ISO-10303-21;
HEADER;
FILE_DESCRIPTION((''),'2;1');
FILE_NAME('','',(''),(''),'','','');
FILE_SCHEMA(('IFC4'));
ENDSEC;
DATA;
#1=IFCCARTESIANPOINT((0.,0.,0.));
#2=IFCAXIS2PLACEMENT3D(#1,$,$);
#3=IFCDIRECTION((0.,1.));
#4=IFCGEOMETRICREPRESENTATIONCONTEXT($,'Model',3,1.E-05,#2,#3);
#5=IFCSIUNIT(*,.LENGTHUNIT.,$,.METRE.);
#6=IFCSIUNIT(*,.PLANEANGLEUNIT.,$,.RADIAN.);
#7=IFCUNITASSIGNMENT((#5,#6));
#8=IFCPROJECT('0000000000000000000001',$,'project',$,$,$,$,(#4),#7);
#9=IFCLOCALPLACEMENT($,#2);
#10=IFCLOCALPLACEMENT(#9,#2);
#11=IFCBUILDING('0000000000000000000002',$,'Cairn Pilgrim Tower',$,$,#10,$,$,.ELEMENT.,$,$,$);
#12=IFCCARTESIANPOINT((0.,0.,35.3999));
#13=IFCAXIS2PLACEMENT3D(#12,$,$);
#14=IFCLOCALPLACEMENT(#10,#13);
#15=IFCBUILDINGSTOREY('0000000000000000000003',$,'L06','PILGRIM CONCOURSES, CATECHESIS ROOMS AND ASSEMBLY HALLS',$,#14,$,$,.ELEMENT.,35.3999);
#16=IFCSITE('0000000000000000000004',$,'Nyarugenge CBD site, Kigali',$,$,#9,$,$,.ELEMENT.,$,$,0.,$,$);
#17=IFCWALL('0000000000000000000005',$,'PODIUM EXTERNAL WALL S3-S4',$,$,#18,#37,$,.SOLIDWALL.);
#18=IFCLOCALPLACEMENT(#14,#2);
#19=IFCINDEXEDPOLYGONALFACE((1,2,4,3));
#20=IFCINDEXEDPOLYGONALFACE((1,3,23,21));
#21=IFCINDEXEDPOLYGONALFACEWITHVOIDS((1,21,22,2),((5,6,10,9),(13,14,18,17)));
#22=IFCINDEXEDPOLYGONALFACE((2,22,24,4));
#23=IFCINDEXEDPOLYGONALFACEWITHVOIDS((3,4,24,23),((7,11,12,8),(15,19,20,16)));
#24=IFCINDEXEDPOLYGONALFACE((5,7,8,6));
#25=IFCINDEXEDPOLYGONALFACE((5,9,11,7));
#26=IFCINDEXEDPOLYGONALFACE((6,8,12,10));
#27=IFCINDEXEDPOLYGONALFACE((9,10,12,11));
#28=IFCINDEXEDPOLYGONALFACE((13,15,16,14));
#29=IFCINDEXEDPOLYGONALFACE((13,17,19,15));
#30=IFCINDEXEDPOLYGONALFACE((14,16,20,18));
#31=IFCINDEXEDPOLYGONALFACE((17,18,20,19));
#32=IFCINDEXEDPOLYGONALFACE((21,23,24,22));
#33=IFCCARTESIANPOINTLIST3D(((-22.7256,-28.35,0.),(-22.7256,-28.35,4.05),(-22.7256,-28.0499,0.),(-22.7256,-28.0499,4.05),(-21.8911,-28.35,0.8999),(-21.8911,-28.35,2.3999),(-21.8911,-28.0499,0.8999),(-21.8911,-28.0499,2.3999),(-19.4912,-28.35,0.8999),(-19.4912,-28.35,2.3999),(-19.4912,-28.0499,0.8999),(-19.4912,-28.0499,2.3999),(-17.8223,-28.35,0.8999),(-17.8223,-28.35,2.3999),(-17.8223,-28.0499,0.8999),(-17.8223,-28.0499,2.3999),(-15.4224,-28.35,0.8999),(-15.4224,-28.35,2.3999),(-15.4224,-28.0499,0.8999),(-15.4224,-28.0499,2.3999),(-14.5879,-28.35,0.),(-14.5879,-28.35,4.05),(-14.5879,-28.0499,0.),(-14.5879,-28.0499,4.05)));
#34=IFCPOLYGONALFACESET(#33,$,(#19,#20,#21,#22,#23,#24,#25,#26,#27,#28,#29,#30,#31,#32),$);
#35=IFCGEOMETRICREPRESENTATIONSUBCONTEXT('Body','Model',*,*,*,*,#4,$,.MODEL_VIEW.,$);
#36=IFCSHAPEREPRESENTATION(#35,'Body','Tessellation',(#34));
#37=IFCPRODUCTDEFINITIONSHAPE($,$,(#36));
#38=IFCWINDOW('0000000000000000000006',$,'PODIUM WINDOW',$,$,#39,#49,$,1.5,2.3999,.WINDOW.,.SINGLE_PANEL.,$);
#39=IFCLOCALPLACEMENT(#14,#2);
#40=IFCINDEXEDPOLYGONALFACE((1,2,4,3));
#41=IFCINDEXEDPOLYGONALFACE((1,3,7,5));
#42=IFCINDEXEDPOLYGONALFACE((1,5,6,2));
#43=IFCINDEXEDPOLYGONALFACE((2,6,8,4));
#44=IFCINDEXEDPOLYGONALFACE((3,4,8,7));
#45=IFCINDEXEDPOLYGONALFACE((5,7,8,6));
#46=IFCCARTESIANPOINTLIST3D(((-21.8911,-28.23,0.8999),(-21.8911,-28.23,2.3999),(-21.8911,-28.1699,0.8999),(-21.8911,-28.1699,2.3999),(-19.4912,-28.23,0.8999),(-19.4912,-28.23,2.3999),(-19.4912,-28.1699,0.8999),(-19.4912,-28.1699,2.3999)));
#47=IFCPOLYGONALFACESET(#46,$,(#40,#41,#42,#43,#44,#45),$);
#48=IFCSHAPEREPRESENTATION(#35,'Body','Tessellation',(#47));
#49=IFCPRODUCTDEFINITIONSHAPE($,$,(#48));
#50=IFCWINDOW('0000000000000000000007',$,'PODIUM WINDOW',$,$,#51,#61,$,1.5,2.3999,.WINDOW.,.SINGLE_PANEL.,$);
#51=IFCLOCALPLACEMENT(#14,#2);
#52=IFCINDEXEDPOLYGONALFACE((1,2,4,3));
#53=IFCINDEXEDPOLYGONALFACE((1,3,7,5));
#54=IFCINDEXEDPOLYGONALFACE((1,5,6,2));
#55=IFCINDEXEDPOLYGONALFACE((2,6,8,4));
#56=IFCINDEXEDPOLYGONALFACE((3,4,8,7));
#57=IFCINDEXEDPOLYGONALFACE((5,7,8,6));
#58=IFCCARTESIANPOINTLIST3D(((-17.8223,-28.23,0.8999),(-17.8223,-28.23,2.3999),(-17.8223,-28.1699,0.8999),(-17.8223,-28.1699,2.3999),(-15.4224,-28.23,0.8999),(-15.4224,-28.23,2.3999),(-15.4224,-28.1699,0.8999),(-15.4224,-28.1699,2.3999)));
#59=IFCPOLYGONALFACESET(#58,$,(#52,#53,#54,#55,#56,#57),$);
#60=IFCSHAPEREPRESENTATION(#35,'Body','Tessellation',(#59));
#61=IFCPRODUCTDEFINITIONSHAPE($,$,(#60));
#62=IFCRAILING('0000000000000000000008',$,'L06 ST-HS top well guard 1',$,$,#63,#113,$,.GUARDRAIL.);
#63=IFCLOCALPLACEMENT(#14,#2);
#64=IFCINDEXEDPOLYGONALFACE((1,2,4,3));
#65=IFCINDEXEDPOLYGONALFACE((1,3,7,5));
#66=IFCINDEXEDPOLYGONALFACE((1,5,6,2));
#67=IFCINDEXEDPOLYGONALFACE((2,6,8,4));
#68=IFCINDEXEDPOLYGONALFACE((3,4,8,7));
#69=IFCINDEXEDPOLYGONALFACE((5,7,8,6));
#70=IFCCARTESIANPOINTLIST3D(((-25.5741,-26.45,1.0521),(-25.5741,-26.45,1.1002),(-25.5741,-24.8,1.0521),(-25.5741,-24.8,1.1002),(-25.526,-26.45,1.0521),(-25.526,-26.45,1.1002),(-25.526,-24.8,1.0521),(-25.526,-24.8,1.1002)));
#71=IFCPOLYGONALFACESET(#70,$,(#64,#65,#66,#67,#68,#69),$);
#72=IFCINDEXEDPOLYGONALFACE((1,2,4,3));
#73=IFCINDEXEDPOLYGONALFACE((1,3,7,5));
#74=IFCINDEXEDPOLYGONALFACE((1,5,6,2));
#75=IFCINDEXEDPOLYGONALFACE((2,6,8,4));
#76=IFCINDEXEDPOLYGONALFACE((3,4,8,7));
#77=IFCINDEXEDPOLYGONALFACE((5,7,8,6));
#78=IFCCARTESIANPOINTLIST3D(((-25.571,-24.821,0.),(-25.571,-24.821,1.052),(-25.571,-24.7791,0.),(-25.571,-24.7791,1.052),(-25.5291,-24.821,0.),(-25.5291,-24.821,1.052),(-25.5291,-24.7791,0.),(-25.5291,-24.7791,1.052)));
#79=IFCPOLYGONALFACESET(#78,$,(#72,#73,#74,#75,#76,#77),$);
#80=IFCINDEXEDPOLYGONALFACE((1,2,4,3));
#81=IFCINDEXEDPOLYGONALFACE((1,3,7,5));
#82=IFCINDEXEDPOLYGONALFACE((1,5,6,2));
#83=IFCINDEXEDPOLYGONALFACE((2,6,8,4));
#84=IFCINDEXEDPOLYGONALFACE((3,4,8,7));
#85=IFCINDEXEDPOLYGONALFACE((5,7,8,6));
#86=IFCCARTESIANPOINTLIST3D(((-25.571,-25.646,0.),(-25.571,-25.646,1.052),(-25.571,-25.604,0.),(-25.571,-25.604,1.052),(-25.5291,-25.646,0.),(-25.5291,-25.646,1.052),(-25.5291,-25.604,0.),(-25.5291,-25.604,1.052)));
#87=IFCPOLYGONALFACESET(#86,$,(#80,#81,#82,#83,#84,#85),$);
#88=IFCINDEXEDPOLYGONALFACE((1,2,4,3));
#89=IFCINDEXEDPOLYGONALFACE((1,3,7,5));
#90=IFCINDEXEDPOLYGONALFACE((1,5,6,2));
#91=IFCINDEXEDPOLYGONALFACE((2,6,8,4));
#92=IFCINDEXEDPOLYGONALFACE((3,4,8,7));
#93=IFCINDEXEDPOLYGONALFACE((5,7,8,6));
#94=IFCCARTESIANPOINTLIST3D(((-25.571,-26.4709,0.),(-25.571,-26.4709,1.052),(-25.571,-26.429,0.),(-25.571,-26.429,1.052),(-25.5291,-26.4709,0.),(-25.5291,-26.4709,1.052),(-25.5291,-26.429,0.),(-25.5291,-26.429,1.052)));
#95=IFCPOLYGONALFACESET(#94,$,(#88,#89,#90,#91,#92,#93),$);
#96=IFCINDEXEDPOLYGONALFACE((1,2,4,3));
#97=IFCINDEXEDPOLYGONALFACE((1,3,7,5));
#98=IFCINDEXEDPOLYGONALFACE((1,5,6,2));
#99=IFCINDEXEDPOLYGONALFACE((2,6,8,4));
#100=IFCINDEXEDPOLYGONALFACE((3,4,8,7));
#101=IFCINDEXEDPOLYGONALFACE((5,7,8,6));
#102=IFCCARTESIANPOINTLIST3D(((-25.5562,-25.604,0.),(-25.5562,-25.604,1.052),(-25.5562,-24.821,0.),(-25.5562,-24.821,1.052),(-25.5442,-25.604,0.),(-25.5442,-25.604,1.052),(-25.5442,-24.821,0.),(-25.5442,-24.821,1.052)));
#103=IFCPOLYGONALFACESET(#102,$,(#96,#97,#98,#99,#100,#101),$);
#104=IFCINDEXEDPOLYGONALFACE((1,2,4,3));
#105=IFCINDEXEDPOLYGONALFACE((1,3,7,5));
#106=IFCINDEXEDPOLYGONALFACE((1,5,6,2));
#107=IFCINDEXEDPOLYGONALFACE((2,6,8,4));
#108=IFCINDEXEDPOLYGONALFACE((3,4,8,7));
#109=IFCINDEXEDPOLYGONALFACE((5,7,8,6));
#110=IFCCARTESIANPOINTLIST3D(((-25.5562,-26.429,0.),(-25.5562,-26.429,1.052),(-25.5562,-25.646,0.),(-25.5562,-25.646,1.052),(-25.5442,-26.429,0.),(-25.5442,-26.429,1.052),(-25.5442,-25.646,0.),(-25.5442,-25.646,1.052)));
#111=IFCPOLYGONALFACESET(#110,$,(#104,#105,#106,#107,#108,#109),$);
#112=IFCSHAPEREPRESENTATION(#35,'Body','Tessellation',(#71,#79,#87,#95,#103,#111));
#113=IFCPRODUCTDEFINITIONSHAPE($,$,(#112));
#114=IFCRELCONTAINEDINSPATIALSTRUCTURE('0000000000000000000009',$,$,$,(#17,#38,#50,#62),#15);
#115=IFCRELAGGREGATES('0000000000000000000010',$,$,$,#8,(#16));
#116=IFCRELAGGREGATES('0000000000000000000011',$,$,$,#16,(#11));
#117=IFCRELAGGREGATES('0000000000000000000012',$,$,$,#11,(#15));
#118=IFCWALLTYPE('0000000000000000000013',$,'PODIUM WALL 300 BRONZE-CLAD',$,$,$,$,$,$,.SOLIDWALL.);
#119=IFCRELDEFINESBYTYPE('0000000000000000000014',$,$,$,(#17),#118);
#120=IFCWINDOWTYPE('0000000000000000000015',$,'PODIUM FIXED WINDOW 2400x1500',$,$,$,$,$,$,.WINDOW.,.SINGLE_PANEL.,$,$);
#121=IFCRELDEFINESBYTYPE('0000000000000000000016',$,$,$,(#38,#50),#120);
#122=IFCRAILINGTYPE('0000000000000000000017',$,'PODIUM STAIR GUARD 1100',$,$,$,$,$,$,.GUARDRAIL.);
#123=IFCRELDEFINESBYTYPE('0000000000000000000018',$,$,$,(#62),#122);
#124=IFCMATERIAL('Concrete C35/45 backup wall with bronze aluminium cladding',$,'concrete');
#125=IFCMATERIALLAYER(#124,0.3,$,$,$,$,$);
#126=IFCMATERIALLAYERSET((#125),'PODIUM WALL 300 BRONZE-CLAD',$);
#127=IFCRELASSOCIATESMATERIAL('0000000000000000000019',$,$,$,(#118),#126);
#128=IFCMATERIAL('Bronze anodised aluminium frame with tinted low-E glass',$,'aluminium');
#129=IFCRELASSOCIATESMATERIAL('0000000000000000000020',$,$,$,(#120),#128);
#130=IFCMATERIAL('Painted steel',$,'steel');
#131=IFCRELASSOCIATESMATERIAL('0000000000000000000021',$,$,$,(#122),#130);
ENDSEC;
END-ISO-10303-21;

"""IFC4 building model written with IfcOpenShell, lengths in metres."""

from ifc_helpers import new_model, si_unit, direction, frame, frame_2d, origin, origin_2d, place, context, subcontext, project, spatial, polyline, rectangle, outline, extrude, material, layer, layer_set, type_object, element, fill, save


model = new_model("IFC4")

# Units and contexts
model_context = context("Model", 3, precision=1e-05, world=origin(), true_north=direction((0.0, 1.0)))
body_context = subcontext(model_context, "Body", "Model", "MODEL_VIEW")
ifc_project = project(units=[si_unit("LENGTHUNIT", "METRE"), si_unit("PLANEANGLEUNIT", "RADIAN")], contexts=[model_context])

# Site, building, storey
site_placement = place(None, origin())
site = spatial("IfcSite", under=ifc_project, at=site_placement, Name="Nyarugenge CBD site, Kigali", CompositionType="ELEMENT", RefElevation=0.0)
building_placement = place(site_placement, origin())
building = spatial("IfcBuilding", under=site, at=building_placement, Name="Cairn Pilgrim Tower", CompositionType="ELEMENT")
storey_placement = place(building_placement, frame((0.0, 0.0, 35.3999)))
storey = spatial("IfcBuildingStorey", under=building, at=storey_placement, Name="L06", Description="PILGRIM CONCOURSES, CATECHESIS ROOMS AND ASSEMBLY HALLS", CompositionType="ELEMENT", Elevation=35.3999)

# Wall, openings, windows
ifc_material_1 = material(Name="Concrete C35/45 backup wall with bronze aluminium cladding", Category="concrete")
ifc_layer_1 = layer(ifc_material_1, 0.3)
ifc_layer_set_1 = layer_set([ifc_layer_1], Name="PODIUM WALL 300 BRONZE-CLAD")
wall_type_1 = type_object("IfcWallType", Name="PODIUM WALL 300 BRONZE-CLAD", PredefinedType="SOLIDWALL", material=ifc_layer_set_1)
wall_1_placement = place(storey_placement, frame((-22.7256, -28.2, 0.0), z_axis=(0.0, 0.0, 1.0), x_axis=(1.0, 0.0, 0.0)))
wall_1 = element("IfcWall", 1, at=wall_1_placement, inside=storey, type_object=wall_type_1, Name="PODIUM EXTERNAL WALL S3-S4", PredefinedType="SOLIDWALL", context=body_context, shape_type="SweptSolid", body=[
    extrude(rectangle(XDim=8.1377, YDim=0.3, at=frame_2d((4.0688, 0.0))), origin(), (0.0, 0.0, 1.0), 4.05),
])
opening_1_placement = place(wall_1_placement, frame((0.8345, 0.0, 0.8999)))
opening_1 = element("IfcOpeningElement", 2, at=opening_1_placement, cuts=wall_1, PredefinedType="OPENING", context=body_context, shape_type="SweptSolid", body=[
    extrude(rectangle(XDim=2.3999, YDim=1.5, at=frame_2d((1.2, 0.75))), frame((0.0, 0.1602, 0.0), z_axis=(0.0, -1.0, 0.0), x_axis=(1.0, 0.0, 0.0)), (0.0, 0.0, 1.0), 0.3201),
])
opening_2_placement = place(wall_1_placement, frame((4.9033, 0.0, 0.8999)))
opening_2 = element("IfcOpeningElement", 3, at=opening_2_placement, cuts=wall_1, PredefinedType="OPENING", context=body_context, shape_type="SweptSolid", body=[
    extrude(rectangle(XDim=2.3999, YDim=1.5, at=frame_2d((1.2, 0.75))), frame((0.0, 0.1602, 0.0), z_axis=(0.0, -1.0, 0.0), x_axis=(1.0, 0.0, 0.0)), (0.0, 0.0, 1.0), 0.3201),
])
ifc_material_2 = material(Name="Bronze anodised aluminium frame with tinted low-E glass", Category="aluminium")
window_type = type_object("IfcWindowType", Name="PODIUM FIXED WINDOW 2400x1500", PartitioningType="SINGLE_PANEL", PredefinedType="WINDOW", material=ifc_material_2)
window_1_placement = place(opening_1_placement, origin())
window_1 = element("IfcWindow", 4, at=window_1_placement, inside=storey, type_object=window_type, Name="PODIUM WINDOW", OverallHeight=1.5, OverallWidth=2.3999, PartitioningType="SINGLE_PANEL", PredefinedType="WINDOW", context=body_context, shape_type="SweptSolid", body=[
    extrude(rectangle(XDim=2.3999, YDim=1.5, at=frame_2d((1.2, 0.75))), frame((0.0, 0.03, 0.0), z_axis=(0.0, -1.0, 0.0), x_axis=(1.0, 0.0, 0.0)), (0.0, 0.0, 1.0), 0.0601),
])
fill(opening_1, window_1)
window_2_placement = place(opening_2_placement, origin())
window_2 = element("IfcWindow", 5, at=window_2_placement, inside=storey, type_object=window_type, Name="PODIUM WINDOW", OverallHeight=1.5, OverallWidth=2.3999, PartitioningType="SINGLE_PANEL", PredefinedType="WINDOW", context=body_context, shape_type="SweptSolid", body=[
    extrude(rectangle(XDim=2.3999, YDim=1.5, at=frame_2d((1.2, 0.75))), frame((0.0, 0.03, 0.0), z_axis=(0.0, -1.0, 0.0), x_axis=(1.0, 0.0, 0.0)), (0.0, 0.0, 1.0), 0.0601),
])
fill(opening_2, window_2)

# Railing
ifc_material_3 = material(Name="Painted steel", Category="steel")
railing_type = type_object("IfcRailingType", Name="PODIUM STAIR GUARD 1100", PredefinedType="GUARDRAIL", material=ifc_material_3)
railing_placement = place(storey_placement, frame((-25.55, -24.8, 0.0)))
element("IfcRailing", 6, at=railing_placement, inside=storey, type_object=railing_type, Name="L06 ST-HS top well guard 1", PredefinedType="GUARDRAIL", context=body_context, shape_type="SweptSolid", body=[
    extrude(rectangle(XDim=0.0481, YDim=0.0481, at=origin_2d()), frame((0.0, 0.0, 1.0762), z_axis=(0.0, -1.0, 0.0), x_axis=(1.0, 0.0, 0.0)), (0.0, 0.0, 1.0), 1.6499),
    extrude(rectangle(XDim=0.042, YDim=0.042, at=origin_2d()), origin(), (0.0, 0.0, 1.0), 1.052),
    extrude(rectangle(XDim=0.042, YDim=0.042, at=origin_2d()), frame((0.0, -0.825, 0.0)), (0.0, 0.0, 1.0), 1.052),
    extrude(rectangle(XDim=0.042, YDim=0.042, at=origin_2d()), frame((0.0, -1.6499, 0.0)), (0.0, 0.0, 1.0), 1.052),
    extrude(outline(polyline([(0.021, 0.0), (0.804, 0.0), (0.804, 1.052), (0.021, 1.052), (0.021, 0.0)])), frame((0.0059, 0.0, 0.0), z_axis=(-1.0, 0.0, 0.0), x_axis=(0.0, -1.0, 0.0)), (0.0, 0.0, 1.0), 0.012),
    extrude(outline(polyline([(0.021, 0.0), (0.804, 0.0), (0.804, 1.052), (0.021, 1.052), (0.021, 0.0)])), frame((0.0059, -0.825, 0.0), z_axis=(-1.0, 0.0, 0.0), x_axis=(0.0, -1.0, 0.0)), (0.0, 0.0, 1.0), 0.012),
])

save(model, "model.ifc")
